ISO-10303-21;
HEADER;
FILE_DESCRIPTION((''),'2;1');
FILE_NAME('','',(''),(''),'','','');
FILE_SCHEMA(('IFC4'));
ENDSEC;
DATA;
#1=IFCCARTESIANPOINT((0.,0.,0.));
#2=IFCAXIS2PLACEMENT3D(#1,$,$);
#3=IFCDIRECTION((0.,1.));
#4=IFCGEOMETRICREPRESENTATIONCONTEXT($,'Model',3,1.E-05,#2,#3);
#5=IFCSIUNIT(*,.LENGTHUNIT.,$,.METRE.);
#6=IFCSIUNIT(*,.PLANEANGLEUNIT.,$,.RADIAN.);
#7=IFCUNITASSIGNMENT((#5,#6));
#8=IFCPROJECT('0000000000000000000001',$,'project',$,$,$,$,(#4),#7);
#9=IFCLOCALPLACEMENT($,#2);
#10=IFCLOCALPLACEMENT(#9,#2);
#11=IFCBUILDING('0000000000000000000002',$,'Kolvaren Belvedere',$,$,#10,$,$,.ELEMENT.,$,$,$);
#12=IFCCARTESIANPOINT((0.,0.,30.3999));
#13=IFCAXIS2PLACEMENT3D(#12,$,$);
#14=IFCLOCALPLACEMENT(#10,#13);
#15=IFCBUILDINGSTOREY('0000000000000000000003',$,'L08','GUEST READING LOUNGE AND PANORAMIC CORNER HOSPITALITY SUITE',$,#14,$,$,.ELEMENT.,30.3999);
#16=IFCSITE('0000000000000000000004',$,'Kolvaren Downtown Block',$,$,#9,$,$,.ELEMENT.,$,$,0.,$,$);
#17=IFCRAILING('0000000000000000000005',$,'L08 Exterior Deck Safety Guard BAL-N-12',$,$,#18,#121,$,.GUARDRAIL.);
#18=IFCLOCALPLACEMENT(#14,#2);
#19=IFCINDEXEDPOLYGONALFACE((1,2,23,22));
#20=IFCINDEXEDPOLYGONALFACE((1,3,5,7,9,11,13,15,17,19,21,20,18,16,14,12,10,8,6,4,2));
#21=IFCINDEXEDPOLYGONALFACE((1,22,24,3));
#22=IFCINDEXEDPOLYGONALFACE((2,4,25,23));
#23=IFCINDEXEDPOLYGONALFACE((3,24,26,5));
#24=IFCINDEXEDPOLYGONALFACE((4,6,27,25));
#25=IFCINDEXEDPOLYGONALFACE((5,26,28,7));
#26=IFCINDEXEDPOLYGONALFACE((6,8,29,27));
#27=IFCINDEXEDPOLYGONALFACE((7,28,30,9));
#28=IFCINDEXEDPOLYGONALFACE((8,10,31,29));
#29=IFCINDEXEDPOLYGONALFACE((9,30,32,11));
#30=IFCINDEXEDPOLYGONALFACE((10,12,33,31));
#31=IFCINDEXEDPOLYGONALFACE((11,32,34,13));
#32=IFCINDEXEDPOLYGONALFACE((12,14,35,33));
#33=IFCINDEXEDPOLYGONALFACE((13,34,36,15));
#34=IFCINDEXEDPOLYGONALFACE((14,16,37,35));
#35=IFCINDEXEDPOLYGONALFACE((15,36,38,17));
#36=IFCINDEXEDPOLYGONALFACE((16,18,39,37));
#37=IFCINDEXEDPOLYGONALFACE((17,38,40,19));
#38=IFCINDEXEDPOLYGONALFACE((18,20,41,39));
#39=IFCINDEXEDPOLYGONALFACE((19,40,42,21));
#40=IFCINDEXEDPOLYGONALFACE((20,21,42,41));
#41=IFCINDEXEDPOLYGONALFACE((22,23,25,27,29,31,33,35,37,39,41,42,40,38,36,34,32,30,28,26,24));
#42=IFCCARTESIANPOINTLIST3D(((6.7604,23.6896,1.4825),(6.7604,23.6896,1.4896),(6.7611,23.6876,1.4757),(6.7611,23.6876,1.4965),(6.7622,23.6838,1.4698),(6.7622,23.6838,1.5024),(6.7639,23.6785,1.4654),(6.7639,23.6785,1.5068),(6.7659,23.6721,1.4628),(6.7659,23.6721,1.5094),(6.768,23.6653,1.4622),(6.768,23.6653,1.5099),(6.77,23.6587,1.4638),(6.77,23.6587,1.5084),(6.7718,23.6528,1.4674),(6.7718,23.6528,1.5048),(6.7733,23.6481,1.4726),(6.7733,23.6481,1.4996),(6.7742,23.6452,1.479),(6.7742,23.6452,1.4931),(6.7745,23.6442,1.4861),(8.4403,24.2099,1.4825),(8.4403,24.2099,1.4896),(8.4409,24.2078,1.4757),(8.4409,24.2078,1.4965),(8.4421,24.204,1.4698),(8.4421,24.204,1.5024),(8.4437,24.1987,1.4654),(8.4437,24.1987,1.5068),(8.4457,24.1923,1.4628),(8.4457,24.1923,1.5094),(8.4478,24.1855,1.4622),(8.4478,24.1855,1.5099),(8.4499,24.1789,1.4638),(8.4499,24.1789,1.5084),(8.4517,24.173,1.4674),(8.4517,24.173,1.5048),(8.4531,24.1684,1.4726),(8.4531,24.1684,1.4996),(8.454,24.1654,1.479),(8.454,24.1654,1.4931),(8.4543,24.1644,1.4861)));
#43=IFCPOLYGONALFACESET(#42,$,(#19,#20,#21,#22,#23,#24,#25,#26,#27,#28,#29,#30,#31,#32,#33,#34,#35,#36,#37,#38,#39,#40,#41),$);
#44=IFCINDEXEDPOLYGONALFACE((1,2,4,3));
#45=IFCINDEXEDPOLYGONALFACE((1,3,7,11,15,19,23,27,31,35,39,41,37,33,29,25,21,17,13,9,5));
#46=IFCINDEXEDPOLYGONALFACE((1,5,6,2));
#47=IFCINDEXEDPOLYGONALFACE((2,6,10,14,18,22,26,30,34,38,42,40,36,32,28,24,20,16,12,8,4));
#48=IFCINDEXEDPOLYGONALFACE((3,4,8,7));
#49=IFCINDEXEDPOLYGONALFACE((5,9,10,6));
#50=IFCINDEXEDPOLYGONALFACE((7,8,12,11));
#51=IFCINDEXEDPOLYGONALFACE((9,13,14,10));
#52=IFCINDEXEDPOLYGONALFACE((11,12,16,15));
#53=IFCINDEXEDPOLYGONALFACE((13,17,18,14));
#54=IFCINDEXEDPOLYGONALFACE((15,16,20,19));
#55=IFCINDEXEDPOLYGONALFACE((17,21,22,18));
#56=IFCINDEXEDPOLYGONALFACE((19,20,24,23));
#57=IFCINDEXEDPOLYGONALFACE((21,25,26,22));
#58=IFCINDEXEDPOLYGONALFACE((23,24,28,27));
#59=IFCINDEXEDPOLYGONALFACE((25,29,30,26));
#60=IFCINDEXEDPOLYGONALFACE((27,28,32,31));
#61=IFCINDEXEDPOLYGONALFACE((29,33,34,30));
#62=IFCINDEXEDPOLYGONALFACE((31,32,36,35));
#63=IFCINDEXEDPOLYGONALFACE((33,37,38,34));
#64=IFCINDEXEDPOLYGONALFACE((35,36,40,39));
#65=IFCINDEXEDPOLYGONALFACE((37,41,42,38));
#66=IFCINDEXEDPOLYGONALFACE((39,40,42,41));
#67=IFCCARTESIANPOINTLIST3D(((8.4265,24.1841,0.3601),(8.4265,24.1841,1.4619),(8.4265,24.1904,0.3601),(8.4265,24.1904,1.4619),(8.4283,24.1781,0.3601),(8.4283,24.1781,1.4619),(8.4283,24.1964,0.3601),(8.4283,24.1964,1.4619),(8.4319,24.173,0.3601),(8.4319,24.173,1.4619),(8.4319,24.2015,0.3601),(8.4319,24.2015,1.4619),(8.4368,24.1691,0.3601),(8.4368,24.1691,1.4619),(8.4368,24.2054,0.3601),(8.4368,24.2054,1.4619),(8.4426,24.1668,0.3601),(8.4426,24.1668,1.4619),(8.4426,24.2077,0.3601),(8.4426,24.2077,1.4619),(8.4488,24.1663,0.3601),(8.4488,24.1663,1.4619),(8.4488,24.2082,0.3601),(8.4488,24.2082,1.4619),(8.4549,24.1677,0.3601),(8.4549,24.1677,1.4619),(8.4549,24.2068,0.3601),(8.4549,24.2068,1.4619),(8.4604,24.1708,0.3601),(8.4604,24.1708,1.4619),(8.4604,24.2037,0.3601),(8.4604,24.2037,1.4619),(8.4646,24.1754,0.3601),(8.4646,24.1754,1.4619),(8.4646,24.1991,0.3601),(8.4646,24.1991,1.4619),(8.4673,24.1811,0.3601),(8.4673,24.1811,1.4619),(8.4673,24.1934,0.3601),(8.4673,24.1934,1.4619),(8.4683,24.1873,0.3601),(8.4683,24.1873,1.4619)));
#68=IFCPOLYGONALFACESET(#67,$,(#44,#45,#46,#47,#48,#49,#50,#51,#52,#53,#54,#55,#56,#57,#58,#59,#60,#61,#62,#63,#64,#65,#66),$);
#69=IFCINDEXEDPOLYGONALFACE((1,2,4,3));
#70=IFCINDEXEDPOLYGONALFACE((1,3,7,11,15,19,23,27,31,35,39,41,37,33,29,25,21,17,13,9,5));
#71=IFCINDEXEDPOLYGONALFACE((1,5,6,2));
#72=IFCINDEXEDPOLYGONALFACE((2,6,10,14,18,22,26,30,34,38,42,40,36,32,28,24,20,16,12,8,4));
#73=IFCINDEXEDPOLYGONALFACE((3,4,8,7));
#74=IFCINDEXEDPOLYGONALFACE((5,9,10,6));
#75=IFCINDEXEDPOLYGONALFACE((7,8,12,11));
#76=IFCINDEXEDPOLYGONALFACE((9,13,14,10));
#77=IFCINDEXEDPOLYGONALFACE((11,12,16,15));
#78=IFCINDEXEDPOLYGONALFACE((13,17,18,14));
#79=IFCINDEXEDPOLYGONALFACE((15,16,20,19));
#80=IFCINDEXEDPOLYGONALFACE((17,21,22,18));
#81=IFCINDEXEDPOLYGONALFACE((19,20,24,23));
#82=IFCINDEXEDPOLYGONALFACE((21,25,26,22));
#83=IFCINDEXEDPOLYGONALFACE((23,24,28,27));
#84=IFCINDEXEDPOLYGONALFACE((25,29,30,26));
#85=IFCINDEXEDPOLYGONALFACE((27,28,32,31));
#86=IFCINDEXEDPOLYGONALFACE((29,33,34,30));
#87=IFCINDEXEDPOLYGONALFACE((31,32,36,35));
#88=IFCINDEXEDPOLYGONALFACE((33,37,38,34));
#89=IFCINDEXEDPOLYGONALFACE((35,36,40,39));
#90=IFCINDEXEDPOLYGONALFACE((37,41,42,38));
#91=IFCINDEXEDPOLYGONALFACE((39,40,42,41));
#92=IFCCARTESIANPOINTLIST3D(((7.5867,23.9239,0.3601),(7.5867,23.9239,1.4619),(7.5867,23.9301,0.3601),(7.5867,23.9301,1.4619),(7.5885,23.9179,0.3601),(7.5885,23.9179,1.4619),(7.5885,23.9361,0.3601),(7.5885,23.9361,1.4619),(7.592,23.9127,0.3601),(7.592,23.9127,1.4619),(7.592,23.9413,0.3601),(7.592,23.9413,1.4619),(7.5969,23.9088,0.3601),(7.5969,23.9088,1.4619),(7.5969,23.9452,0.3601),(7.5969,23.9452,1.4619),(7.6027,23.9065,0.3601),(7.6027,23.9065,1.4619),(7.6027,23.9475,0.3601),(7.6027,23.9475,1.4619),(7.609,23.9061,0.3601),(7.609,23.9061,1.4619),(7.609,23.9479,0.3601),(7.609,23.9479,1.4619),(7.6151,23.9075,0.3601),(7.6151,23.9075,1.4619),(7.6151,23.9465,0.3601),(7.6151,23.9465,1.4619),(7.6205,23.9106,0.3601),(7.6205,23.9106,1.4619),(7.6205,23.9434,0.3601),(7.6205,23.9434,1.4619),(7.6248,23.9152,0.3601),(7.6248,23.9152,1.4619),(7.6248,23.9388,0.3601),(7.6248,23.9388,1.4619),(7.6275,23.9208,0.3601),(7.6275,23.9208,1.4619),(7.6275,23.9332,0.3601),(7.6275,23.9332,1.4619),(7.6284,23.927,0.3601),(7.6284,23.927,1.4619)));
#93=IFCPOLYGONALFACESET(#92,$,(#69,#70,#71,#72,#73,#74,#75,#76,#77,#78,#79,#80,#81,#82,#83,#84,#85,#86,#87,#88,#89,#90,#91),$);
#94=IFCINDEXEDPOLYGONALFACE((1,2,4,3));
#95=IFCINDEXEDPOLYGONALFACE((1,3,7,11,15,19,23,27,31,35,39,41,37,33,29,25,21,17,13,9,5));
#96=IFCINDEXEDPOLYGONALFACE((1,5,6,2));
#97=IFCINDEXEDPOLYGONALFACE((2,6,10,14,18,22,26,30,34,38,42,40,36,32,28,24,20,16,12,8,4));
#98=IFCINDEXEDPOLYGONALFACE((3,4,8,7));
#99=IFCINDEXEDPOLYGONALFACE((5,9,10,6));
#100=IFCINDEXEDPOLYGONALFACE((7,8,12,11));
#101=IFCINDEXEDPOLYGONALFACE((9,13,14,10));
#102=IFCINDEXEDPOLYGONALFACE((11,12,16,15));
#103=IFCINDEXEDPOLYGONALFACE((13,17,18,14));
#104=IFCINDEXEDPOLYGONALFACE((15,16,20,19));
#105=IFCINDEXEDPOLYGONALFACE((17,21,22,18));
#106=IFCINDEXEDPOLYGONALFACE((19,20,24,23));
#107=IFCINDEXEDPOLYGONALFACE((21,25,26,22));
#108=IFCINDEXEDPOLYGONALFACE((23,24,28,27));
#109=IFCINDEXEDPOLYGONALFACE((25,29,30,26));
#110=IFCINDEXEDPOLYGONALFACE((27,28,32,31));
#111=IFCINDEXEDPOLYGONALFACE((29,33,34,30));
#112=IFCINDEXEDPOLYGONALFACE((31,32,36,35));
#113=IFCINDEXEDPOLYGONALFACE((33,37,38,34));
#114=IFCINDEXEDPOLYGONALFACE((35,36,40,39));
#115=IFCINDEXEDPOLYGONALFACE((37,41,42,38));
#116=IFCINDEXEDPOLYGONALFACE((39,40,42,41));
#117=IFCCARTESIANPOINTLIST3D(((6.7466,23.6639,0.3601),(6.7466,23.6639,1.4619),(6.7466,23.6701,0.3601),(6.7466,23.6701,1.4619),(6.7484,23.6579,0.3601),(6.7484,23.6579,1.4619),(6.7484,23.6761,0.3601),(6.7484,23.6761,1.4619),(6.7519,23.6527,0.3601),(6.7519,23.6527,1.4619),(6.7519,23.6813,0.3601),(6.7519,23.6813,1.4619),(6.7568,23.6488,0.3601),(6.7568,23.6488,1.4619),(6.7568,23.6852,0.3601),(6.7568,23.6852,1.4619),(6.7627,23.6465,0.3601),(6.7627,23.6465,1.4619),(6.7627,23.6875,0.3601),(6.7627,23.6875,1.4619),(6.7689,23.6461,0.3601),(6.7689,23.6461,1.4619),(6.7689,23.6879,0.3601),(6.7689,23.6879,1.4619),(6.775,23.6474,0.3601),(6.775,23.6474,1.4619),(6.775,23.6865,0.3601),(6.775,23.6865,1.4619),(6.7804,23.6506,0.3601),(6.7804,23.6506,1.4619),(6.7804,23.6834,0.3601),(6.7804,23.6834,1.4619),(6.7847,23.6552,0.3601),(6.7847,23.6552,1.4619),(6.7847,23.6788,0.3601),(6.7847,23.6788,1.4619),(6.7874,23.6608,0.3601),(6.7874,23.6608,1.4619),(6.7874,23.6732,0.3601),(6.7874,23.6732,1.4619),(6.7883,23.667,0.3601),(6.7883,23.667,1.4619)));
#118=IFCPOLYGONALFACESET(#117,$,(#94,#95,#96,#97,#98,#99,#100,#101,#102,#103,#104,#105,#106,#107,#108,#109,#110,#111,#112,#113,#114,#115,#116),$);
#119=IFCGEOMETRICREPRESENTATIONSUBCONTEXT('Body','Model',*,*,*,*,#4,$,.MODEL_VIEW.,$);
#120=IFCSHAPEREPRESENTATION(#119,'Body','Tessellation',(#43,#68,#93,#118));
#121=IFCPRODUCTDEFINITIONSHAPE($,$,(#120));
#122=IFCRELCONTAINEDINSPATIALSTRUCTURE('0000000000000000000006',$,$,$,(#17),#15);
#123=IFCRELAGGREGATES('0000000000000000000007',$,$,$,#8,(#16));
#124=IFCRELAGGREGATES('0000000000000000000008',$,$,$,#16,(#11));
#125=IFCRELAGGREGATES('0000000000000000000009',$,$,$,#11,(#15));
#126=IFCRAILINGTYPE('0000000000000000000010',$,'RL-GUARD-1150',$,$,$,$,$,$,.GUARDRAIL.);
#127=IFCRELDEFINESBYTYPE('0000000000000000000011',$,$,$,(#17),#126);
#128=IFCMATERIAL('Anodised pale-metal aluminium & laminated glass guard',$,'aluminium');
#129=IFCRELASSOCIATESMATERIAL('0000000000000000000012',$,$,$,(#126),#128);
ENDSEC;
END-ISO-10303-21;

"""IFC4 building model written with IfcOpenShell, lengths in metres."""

from ifc_helpers import new_model, si_unit, direction, frame, origin, origin_2d, place, context, subcontext, project, spatial, circle, extrude, material, type_object, element, save


model = new_model("IFC4")

# Units and contexts
model_context = context("Model", 3, precision=1e-05, world=origin(), true_north=direction((0.0, 1.0)))
body_context = subcontext(model_context, "Body", "Model", "MODEL_VIEW")
ifc_project = project(units=[si_unit("LENGTHUNIT", "METRE"), si_unit("PLANEANGLEUNIT", "RADIAN")], contexts=[model_context])

# Site, building, storey
site_placement = place(None, origin())
site = spatial("IfcSite", under=ifc_project, at=site_placement, Name="Kolvaren Downtown Block", CompositionType="ELEMENT", RefElevation=0.0)
building_placement = place(site_placement, origin())
building = spatial("IfcBuilding", under=site, at=building_placement, Name="Kolvaren Belvedere", CompositionType="ELEMENT")
storey_placement = place(building_placement, frame((0.0, 0.0, 30.3999)))
storey = spatial("IfcBuildingStorey", under=building, at=storey_placement, Name="L08", Description="GUEST READING LOUNGE AND PANORAMIC CORNER HOSPITALITY SUITE", CompositionType="ELEMENT", Elevation=30.3999)

# Railing
ifc_material_1 = material(Name="Anodised pale-metal aluminium & laminated glass guard", Category="aluminium")
railing_type = type_object("IfcRailingType", Name="RL-GUARD-1150", PredefinedType="GUARDRAIL", material=ifc_material_1)
railing_1_placement = place(storey_placement, frame((8.4473, 24.1873, 0.3601)))
element("IfcRailing", 1, at=railing_1_placement, inside=storey, type_object=railing_type, Name="L08 Exterior Deck Safety Guard BAL-N-12", PredefinedType="GUARDRAIL", context=body_context, shape_type="SweptSolid", body=[
    extrude(circle(Radius=0.0239, at=origin_2d()), frame((0.0, 0.0, 1.126), z_axis=(-0.95524, -0.295832, 0.0), x_axis=(0.295832, -0.95524, 0.0)), (0.0, 0.0, 1.0), 1.7585),
    extrude(circle(Radius=0.021, at=origin_2d()), origin(), (0.0, 0.0, 1.0), 1.1018),
    extrude(circle(Radius=0.021, at=origin_2d()), frame((-0.8398, -0.2603, 0.0)), (0.0, 0.0, 1.0), 1.1018),
    extrude(circle(Radius=0.021, at=origin_2d()), frame((-1.6799, -0.5203, 0.0)), (0.0, 0.0, 1.0), 1.1018),
])

save(model, "model.ifc")
